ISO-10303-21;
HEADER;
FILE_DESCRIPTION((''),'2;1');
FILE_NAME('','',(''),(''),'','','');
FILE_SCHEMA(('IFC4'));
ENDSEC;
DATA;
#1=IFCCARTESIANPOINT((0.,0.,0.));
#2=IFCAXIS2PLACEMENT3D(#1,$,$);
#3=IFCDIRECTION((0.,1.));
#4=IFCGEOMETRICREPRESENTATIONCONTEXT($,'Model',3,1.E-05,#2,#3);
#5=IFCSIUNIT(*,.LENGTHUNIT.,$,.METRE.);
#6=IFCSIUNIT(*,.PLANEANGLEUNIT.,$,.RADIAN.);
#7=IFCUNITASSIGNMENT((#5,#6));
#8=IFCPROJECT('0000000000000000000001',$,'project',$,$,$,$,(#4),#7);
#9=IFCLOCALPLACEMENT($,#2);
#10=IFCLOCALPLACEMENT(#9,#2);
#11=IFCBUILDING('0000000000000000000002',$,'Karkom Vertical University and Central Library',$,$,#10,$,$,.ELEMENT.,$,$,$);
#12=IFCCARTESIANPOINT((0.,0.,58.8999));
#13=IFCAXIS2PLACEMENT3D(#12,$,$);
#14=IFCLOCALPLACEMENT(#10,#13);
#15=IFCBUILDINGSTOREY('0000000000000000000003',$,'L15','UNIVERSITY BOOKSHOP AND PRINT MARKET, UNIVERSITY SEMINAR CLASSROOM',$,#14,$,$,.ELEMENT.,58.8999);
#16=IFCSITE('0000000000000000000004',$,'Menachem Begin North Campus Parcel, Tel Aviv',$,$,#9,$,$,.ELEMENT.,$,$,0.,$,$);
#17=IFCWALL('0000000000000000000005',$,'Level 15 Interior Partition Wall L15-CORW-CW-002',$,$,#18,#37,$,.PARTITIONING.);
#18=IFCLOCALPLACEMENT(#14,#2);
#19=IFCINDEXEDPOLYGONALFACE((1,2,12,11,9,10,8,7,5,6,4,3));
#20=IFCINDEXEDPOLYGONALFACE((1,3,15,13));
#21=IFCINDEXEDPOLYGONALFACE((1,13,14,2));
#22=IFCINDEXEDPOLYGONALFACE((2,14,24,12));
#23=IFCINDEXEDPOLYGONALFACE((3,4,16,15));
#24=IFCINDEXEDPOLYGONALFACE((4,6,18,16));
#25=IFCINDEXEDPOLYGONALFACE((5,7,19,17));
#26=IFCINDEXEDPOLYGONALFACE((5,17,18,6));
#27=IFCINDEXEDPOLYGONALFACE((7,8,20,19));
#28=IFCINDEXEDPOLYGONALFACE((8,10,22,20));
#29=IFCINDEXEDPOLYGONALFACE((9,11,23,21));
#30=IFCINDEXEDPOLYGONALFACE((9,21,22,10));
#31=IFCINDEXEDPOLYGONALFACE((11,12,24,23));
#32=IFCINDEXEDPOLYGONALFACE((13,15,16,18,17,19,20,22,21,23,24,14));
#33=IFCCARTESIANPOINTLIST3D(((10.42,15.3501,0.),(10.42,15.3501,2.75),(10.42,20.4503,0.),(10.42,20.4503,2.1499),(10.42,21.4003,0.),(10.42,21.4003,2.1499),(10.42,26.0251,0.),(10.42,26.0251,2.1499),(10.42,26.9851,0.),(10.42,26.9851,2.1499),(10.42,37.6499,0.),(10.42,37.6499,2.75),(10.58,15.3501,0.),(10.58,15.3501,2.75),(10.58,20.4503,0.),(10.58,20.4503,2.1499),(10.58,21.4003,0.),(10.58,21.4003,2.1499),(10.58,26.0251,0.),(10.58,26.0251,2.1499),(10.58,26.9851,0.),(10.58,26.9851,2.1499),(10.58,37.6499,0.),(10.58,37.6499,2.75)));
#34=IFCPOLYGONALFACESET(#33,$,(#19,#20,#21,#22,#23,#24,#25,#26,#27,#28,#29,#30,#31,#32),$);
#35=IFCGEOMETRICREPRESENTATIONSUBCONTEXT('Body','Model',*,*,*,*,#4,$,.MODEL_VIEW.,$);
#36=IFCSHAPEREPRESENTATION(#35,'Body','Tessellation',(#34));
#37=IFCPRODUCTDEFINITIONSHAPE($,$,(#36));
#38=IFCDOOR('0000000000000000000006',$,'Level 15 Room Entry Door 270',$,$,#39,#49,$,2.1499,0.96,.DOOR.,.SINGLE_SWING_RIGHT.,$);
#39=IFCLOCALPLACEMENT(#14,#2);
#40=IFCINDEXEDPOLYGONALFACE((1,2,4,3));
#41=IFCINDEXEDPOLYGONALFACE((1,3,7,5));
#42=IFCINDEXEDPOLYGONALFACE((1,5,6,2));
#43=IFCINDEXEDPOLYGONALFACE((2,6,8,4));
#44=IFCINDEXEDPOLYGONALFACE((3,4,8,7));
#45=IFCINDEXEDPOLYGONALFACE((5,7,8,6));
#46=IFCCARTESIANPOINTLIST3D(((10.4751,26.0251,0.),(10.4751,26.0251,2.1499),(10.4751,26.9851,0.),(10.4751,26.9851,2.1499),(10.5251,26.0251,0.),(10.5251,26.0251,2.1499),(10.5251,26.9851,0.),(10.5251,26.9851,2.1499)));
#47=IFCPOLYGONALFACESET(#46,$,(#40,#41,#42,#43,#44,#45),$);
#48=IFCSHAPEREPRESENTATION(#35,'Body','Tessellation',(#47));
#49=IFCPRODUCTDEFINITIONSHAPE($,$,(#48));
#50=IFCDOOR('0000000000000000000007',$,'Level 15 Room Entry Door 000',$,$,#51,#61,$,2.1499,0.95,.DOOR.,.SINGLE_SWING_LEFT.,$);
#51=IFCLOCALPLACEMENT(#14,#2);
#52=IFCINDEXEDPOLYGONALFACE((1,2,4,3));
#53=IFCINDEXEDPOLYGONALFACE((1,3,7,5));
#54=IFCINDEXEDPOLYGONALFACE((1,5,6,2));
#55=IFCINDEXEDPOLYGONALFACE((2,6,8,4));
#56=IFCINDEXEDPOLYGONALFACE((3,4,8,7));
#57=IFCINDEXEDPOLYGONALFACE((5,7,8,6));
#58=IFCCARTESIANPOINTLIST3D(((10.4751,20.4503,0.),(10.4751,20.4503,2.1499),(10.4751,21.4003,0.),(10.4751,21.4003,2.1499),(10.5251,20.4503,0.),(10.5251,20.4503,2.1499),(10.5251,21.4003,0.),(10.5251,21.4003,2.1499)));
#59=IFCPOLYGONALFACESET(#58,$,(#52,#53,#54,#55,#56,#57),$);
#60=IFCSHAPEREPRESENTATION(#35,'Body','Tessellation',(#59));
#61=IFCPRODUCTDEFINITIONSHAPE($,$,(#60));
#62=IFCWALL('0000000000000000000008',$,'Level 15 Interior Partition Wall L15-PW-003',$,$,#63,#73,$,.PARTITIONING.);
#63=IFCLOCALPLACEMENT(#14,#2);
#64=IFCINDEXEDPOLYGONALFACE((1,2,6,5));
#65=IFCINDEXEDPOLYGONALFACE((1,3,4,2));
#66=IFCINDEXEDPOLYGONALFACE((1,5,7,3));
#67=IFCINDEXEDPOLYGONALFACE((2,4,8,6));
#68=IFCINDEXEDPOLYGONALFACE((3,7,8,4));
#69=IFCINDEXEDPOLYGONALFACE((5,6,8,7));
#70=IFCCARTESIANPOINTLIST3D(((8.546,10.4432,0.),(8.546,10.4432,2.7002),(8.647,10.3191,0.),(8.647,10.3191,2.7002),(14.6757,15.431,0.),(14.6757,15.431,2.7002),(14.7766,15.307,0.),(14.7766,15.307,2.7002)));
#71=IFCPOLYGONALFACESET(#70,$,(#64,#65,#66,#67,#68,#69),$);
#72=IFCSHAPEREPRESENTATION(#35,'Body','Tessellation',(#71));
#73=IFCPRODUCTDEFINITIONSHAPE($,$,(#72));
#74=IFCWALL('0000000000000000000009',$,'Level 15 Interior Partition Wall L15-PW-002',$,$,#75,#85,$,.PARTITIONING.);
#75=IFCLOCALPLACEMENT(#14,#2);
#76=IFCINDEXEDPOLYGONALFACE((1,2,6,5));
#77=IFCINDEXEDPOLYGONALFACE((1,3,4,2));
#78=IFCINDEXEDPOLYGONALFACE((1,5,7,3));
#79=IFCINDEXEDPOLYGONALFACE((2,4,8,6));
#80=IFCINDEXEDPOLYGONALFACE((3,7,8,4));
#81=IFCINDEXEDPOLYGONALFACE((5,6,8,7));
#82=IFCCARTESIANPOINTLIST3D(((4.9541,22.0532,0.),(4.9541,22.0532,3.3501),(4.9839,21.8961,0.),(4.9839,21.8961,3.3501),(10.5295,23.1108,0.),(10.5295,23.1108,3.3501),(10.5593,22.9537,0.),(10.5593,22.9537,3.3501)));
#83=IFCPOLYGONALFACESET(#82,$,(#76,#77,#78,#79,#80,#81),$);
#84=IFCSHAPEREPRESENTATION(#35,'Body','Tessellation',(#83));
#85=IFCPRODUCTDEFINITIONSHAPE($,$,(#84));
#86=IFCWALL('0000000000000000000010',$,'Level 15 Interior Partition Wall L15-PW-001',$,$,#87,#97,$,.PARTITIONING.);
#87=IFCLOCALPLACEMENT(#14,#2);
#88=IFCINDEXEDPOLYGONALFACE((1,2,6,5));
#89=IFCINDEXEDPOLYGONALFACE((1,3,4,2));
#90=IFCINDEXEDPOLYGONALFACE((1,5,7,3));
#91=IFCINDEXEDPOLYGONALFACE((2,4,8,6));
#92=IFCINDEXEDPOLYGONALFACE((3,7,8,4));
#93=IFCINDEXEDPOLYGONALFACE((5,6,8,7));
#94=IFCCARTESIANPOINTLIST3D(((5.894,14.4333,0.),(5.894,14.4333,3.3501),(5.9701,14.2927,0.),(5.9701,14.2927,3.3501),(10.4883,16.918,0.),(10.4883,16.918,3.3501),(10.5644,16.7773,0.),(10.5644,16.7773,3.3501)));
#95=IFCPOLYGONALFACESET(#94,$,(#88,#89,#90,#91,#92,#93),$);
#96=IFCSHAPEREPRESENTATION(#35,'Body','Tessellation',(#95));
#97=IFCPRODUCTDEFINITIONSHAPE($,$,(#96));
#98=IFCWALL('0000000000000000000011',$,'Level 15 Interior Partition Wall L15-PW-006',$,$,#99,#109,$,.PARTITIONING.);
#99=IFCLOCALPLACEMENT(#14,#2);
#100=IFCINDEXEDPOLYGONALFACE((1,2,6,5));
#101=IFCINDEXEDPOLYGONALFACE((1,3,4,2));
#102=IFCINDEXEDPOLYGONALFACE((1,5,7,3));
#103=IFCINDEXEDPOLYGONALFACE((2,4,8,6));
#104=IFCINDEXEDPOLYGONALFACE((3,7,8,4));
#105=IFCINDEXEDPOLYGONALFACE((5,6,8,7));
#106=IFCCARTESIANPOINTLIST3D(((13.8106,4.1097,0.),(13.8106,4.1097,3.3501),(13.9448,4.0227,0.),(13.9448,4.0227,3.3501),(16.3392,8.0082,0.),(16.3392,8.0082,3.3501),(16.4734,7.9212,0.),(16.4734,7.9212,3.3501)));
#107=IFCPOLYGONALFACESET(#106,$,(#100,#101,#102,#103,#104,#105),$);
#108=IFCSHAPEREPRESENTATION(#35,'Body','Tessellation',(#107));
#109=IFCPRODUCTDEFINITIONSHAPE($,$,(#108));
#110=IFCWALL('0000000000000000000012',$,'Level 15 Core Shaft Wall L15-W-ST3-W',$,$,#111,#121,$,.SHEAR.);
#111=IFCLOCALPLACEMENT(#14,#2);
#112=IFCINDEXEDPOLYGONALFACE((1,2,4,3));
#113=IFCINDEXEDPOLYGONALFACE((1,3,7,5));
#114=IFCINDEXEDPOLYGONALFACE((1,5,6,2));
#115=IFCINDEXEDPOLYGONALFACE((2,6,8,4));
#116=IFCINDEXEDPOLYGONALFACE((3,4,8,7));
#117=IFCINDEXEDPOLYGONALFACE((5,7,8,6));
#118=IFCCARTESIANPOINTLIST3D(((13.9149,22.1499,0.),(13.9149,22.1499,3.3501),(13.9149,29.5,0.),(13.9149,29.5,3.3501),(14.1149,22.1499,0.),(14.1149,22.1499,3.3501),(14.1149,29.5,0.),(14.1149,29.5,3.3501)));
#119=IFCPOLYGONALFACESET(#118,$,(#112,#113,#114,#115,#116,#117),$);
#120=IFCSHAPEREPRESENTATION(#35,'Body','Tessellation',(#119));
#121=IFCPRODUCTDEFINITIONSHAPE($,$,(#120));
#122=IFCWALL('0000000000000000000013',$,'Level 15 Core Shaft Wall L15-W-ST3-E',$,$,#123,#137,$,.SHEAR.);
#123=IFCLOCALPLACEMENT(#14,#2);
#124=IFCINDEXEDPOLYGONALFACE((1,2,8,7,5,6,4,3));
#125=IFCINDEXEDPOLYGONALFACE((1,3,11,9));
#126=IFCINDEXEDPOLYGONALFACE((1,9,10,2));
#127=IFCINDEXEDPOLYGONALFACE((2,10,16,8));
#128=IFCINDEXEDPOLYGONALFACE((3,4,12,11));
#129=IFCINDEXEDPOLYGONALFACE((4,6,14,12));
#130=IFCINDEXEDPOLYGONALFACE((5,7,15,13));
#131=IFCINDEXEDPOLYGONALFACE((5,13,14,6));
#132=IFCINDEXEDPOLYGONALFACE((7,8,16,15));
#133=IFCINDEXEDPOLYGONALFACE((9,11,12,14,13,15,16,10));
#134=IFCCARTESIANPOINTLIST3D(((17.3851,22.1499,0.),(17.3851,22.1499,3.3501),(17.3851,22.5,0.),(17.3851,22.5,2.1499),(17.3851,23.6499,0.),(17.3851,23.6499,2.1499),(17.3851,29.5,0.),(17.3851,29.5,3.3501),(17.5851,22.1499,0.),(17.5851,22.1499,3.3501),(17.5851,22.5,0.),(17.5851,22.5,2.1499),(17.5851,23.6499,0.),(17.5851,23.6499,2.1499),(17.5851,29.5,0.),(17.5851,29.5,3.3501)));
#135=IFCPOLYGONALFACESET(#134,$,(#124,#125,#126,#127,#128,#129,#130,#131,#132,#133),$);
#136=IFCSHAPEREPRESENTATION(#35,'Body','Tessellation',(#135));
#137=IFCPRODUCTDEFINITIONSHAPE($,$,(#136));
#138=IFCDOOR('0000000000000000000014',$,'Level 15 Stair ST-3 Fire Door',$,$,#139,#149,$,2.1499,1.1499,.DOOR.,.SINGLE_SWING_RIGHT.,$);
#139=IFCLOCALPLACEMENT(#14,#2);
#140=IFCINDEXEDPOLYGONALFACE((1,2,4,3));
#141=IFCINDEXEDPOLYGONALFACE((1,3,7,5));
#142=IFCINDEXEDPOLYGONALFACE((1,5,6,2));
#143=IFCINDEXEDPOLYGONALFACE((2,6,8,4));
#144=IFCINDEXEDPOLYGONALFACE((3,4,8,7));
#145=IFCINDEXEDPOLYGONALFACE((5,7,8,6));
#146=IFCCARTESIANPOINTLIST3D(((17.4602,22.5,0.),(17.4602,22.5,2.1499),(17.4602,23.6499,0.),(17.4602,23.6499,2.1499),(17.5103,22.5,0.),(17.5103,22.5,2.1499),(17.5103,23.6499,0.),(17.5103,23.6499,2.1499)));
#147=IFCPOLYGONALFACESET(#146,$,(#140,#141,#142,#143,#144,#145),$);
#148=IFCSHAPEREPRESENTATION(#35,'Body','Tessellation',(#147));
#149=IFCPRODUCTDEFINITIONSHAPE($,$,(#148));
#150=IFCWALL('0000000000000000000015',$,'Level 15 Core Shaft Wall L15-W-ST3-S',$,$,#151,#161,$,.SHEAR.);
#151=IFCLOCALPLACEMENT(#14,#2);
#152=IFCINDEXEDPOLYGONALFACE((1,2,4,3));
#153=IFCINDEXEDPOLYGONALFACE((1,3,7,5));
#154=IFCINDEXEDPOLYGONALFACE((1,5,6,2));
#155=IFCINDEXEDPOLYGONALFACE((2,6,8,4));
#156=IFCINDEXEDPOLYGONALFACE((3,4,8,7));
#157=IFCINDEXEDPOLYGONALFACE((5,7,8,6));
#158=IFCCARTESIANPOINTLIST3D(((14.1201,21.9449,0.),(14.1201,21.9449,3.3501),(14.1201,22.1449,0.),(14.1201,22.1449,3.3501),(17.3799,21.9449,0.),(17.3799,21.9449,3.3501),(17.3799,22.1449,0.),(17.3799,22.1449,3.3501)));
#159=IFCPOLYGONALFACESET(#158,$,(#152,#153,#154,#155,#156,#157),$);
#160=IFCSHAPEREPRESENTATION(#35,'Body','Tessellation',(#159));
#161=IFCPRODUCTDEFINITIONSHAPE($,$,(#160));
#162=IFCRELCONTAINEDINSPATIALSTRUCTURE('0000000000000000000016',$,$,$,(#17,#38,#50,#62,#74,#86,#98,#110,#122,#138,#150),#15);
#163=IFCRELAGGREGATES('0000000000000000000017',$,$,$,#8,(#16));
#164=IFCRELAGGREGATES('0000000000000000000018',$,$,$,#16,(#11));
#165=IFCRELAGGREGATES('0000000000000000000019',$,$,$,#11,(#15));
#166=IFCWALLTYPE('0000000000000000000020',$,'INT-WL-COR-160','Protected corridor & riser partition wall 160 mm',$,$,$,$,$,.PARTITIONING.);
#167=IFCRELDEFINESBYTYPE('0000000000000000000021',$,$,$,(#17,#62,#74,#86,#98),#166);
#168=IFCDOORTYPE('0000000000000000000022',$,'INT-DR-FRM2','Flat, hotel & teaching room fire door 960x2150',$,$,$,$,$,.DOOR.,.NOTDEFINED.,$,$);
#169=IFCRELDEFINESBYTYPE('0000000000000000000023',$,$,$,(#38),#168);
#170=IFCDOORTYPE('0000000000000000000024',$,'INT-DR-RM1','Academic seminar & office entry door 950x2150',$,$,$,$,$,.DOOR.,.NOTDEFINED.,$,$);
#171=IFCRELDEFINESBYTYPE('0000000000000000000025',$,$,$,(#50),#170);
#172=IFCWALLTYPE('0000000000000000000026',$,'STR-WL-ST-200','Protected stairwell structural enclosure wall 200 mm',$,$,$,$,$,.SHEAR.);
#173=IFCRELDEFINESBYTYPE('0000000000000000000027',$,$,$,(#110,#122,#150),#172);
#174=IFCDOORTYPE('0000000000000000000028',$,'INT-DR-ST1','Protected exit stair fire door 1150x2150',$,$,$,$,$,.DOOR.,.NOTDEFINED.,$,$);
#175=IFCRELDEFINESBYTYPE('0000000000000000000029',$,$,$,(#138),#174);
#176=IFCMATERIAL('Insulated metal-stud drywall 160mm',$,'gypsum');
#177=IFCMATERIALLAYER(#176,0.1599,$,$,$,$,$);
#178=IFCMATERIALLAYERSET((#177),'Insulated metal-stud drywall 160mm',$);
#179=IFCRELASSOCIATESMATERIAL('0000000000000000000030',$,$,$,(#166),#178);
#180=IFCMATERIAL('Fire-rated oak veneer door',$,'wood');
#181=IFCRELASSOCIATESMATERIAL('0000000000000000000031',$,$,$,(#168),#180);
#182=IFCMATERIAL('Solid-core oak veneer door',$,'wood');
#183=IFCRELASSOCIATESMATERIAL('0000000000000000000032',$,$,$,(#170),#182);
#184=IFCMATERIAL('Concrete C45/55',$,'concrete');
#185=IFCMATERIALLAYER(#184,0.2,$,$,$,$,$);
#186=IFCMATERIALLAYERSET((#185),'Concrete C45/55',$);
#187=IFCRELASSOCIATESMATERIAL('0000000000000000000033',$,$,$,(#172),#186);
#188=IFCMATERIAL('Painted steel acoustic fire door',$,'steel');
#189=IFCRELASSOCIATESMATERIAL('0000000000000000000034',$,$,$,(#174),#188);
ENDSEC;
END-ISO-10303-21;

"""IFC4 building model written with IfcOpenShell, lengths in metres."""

from ifc_helpers import new_model, si_unit, direction, frame, frame_2d, origin, origin_with_axes, place, context, subcontext, project, spatial, rectangle, extrude, source, transform, mapped, material, layer, layer_set, type_object, element, fill, save


model = new_model("IFC4")

# Units and contexts
model_context = context("Model", 3, precision=1e-05, world=origin(), true_north=direction((0.0, 1.0)))
body_context = subcontext(model_context, "Body", "Model", "MODEL_VIEW")
ifc_project = project(units=[si_unit("LENGTHUNIT", "METRE"), si_unit("PLANEANGLEUNIT", "RADIAN")], contexts=[model_context])

# Site, building, storey
site_placement = place(None, origin())
site = spatial("IfcSite", under=ifc_project, at=site_placement, Name="Menachem Begin North Campus Parcel, Tel Aviv", CompositionType="ELEMENT", RefElevation=0.0)
building_placement = place(site_placement, origin())
building = spatial("IfcBuilding", under=site, at=building_placement, Name="Karkom Vertical University and Central Library", CompositionType="ELEMENT")
storey_placement = place(building_placement, frame((0.0, 0.0, 58.8999)))
storey = spatial("IfcBuildingStorey", under=building, at=storey_placement, Name="L15", Description="UNIVERSITY BOOKSHOP AND PRINT MARKET, UNIVERSITY SEMINAR CLASSROOM", CompositionType="ELEMENT", Elevation=58.8999)

# Shared definitions
ifc_material_1 = material(Name="Concrete C45/55", Category="concrete")

# Wall, openings, doors
ifc_material_2 = material(Name="Insulated metal-stud drywall 160mm", Category="gypsum")
ifc_layer_1 = layer(ifc_material_2, 0.1599)
ifc_layer_set_1 = layer_set([ifc_layer_1], Name="Insulated metal-stud drywall 160mm")
wall_type_1 = type_object("IfcWallType", Name="INT-WL-COR-160", Description="Protected corridor & riser partition wall 160 mm", PredefinedType="PARTITIONING", material=ifc_layer_set_1)
wall_1_placement = place(storey_placement, frame((10.5, 15.3501, 0.0), z_axis=(0.0, 0.0, 1.0), x_axis=(0.0, 1.0, 0.0)))
wall_1 = element("IfcWall", 1, at=wall_1_placement, inside=storey, type_object=wall_type_1, Name="Level 15 Interior Partition Wall L15-CORW-CW-002", PredefinedType="PARTITIONING", context=body_context, shape_type="SweptSolid", body=[
    extrude(rectangle(XDim=22.2998, YDim=0.1599, at=frame_2d((11.1499, 0.0))), origin(), (0.0, 0.0, 1.0), 2.75),
])
opening_1_placement = place(wall_1_placement, frame((5.1001, 0.0, 0.0)))
opening_1 = element("IfcOpeningElement", 2, at=opening_1_placement, cuts=wall_1, PredefinedType="OPENING", context=body_context, shape_type="SweptSolid", body=[
    extrude(rectangle(XDim=0.95, YDim=2.1499, at=frame_2d((0.4751, 1.075))), frame((0.0, 0.0898, 0.0), z_axis=(0.0, -1.0, 0.0), x_axis=(1.0, 0.0, 0.0)), (0.0, 0.0, 1.0), 0.1799),
])
opening_2_placement = place(wall_1_placement, frame((10.675, 0.0, 0.0)))
opening_2 = element("IfcOpeningElement", 3, at=opening_2_placement, cuts=wall_1, PredefinedType="OPENING", context=body_context, shape_type="SweptSolid", body=[
    extrude(rectangle(XDim=0.96, YDim=2.1499, at=frame_2d((0.48, 1.075))), frame((0.0, 0.0898, 0.0), z_axis=(0.0, -1.0, 0.0), x_axis=(1.0, 0.0, 0.0)), (0.0, 0.0, 1.0), 0.1799),
])
ifc_material_3 = material(Name="Fire-rated oak veneer door", Category="wood")
door_type_1 = type_object("IfcDoorType", Name="INT-DR-FRM2", Description="Flat, hotel & teaching room fire door 960x2150", OperationType="NOTDEFINED", PredefinedType="DOOR", material=ifc_material_3)
shared_shape_1 = source(origin_with_axes(), body_context, "Body", "SweptSolid", [
    extrude(rectangle(XDim=0.96, YDim=2.1499, at=frame_2d((0.48, 1.075))), frame((0.0, 0.0249, 0.0), z_axis=(0.0, -1.0, 0.0), x_axis=(1.0, 0.0, 0.0)), (0.0, 0.0, 1.0), 0.05),
])
door_1_placement = place(opening_2_placement, origin())
door_1 = element("IfcDoor", 4, at=door_1_placement, inside=storey, type_object=door_type_1, Name="Level 15 Room Entry Door 270", OperationType="SINGLE_SWING_RIGHT", OverallHeight=2.1499, OverallWidth=0.96, PredefinedType="DOOR", context=body_context, shape_type="MappedRepresentation", body=[
    mapped(shared_shape_1, transform((0.0, 0.0, 0.0), scale=1.0)),
])
fill(opening_2, door_1)
ifc_material_4 = material(Name="Solid-core oak veneer door", Category="wood")
door_type_2 = type_object("IfcDoorType", Name="INT-DR-RM1", Description="Academic seminar & office entry door 950x2150", OperationType="NOTDEFINED", PredefinedType="DOOR", material=ifc_material_4)
shared_shape_2 = source(origin_with_axes(), body_context, "Body", "SweptSolid", [
    extrude(rectangle(XDim=0.95, YDim=2.1499, at=frame_2d((0.4751, 1.075))), frame((0.0, 0.0249, 0.0), z_axis=(0.0, -1.0, 0.0), x_axis=(1.0, 0.0, 0.0)), (0.0, 0.0, 1.0), 0.05),
])
door_2_placement = place(opening_1_placement, origin())
door_2 = element("IfcDoor", 5, at=door_2_placement, inside=storey, type_object=door_type_2, Name="Level 15 Room Entry Door 000", OperationType="SINGLE_SWING_LEFT", OverallHeight=2.1499, OverallWidth=0.95, PredefinedType="DOOR", context=body_context, shape_type="MappedRepresentation", body=[
    mapped(shared_shape_2, transform((0.0, 0.0, 0.0), scale=1.0)),
])
fill(opening_1, door_2)

# Walls
wall_2_placement = place(storey_placement, frame((14.7261, 15.3689, 0.0), z_axis=(0.0, 0.0, 1.0), x_axis=(-0.775652, -0.631161, 0.0)))
element("IfcWall", 6, at=wall_2_placement, inside=storey, type_object=wall_type_1, Name="Level 15 Interior Partition Wall L15-PW-003", PredefinedType="PARTITIONING", context=body_context, shape_type="SweptSolid", body=[
    extrude(rectangle(XDim=7.9026, YDim=0.1599, at=frame_2d((3.9512, 0.0))), origin(), (0.0, 0.0, 1.0), 2.7002),
])
wall_3_placement = place(storey_placement, frame((4.969, 21.9746, 0.0), z_axis=(0.0, 0.0, 1.0), x_axis=(0.98248, 0.186369, 0.0)))
element("IfcWall", 7, at=wall_3_placement, inside=storey, type_object=wall_type_1, Name="Level 15 Interior Partition Wall L15-PW-002", PredefinedType="PARTITIONING", context=body_context, shape_type="SweptSolid", body=[
    extrude(rectangle(XDim=5.6748, YDim=0.1599, at=frame_2d((2.8374, 0.0))), origin(), (0.0, 0.0, 1.0), 3.3501),
])
wall_4_placement = place(storey_placement, frame((10.5264, 16.8477, 0.0), z_axis=(0.0, 0.0, 1.0), x_axis=(-0.879607, -0.475702, 0.0)))
element("IfcWall", 8, at=wall_4_placement, inside=storey, type_object=wall_type_1, Name="Level 15 Interior Partition Wall L15-PW-001", PredefinedType="PARTITIONING", context=body_context, shape_type="SweptSolid", body=[
    extrude(rectangle(XDim=5.2231, YDim=0.1599, at=frame_2d((2.6116, 0.0))), origin(), (0.0, 0.0, 1.0), 3.3501),
])
wall_5_placement = place(storey_placement, frame((16.4062, 7.9646, 0.0), z_axis=(0.0, 0.0, 1.0), x_axis=(-0.544168, -0.838976, 0.0)))
element("IfcWall", 9, at=wall_5_placement, inside=storey, type_object=wall_type_1, Name="Level 15 Interior Partition Wall L15-PW-006", PredefinedType="PARTITIONING", context=body_context, shape_type="SweptSolid", body=[
    extrude(rectangle(XDim=4.6467, YDim=0.1599, at=frame_2d((2.3232, 0.0))), origin(), (0.0, 0.0, 1.0), 3.3501),
])
ifc_layer_2 = layer(ifc_material_1, 0.2)
ifc_layer_set_2 = layer_set([ifc_layer_2], Name="Concrete C45/55")
wall_type_2 = type_object("IfcWallType", Name="STR-WL-ST-200", Description="Protected stairwell structural enclosure wall 200 mm", PredefinedType="SHEAR", material=ifc_layer_set_2)
wall_6_placement = place(storey_placement, frame((14.0149, 22.1499, 0.0), z_axis=(0.0, 0.0, 1.0), x_axis=(0.0, 1.0, 0.0)))
element("IfcWall", 10, at=wall_6_placement, inside=storey, type_object=wall_type_2, Name="Level 15 Core Shaft Wall L15-W-ST3-W", PredefinedType="SHEAR", context=body_context, shape_type="SweptSolid", body=[
    extrude(rectangle(XDim=7.3501, YDim=0.2, at=frame_2d((3.675, 0.0))), origin(), (0.0, 0.0, 1.0), 3.3501),
])

# Wall, opening, door
wall_7_placement = place(storey_placement, frame((17.4851, 22.1499, 0.0), z_axis=(0.0, 0.0, 1.0), x_axis=(0.0, 1.0, 0.0)))
wall_7 = element("IfcWall", 11, at=wall_7_placement, inside=storey, type_object=wall_type_2, Name="Level 15 Core Shaft Wall L15-W-ST3-E", PredefinedType="SHEAR", context=body_context, shape_type="SweptSolid", body=[
    extrude(rectangle(XDim=7.3501, YDim=0.2, at=frame_2d((3.675, 0.0))), origin(), (0.0, 0.0, 1.0), 3.3501),
])
opening_3_placement = place(wall_7_placement, frame((0.3501, 0.0, 0.0)))
opening_3 = element("IfcOpeningElement", 12, at=opening_3_placement, cuts=wall_7, PredefinedType="OPENING", context=body_context, shape_type="SweptSolid", body=[
    extrude(rectangle(XDim=1.1499, YDim=2.1499, at=frame_2d((0.575, 1.075))), frame((0.0, 0.1099, 0.0), z_axis=(0.0, -1.0, 0.0), x_axis=(1.0, 0.0, 0.0)), (0.0, 0.0, 1.0), 0.22),
])
ifc_material_5 = material(Name="Painted steel acoustic fire door", Category="steel")
door_type_3 = type_object("IfcDoorType", Name="INT-DR-ST1", Description="Protected exit stair fire door 1150x2150", OperationType="NOTDEFINED", PredefinedType="DOOR", material=ifc_material_5)
shared_shape_3 = source(origin_with_axes(), body_context, "Body", "SweptSolid", [
    extrude(rectangle(XDim=1.1499, YDim=2.1499, at=frame_2d((0.575, 1.075))), frame((0.0, 0.0249, 0.0), z_axis=(0.0, -1.0, 0.0), x_axis=(1.0, 0.0, 0.0)), (0.0, 0.0, 1.0), 0.05),
])
door_3_placement = place(opening_3_placement, origin())
door_3 = element("IfcDoor", 13, at=door_3_placement, inside=storey, type_object=door_type_3, Name="Level 15 Stair ST-3 Fire Door", OperationType="SINGLE_SWING_RIGHT", OverallHeight=2.1499, OverallWidth=1.1499, PredefinedType="DOOR", context=body_context, shape_type="MappedRepresentation", body=[
    mapped(shared_shape_3, transform((0.0, 0.0, 0.0), scale=1.0)),
])
fill(opening_3, door_3)

# Wall
wall_8_placement = place(storey_placement, frame((14.1201, 22.0449, 0.0), z_axis=(0.0, 0.0, 1.0), x_axis=(1.0, 0.0, 0.0)))
element("IfcWall", 14, at=wall_8_placement, inside=storey, type_object=wall_type_2, Name="Level 15 Core Shaft Wall L15-W-ST3-S", PredefinedType="SHEAR", context=body_context, shape_type="SweptSolid", body=[
    extrude(rectangle(XDim=3.2598, YDim=0.2, at=frame_2d((1.6299, 0.0))), origin(), (0.0, 0.0, 1.0), 3.3501),
])

save(model, "model.ifc")
